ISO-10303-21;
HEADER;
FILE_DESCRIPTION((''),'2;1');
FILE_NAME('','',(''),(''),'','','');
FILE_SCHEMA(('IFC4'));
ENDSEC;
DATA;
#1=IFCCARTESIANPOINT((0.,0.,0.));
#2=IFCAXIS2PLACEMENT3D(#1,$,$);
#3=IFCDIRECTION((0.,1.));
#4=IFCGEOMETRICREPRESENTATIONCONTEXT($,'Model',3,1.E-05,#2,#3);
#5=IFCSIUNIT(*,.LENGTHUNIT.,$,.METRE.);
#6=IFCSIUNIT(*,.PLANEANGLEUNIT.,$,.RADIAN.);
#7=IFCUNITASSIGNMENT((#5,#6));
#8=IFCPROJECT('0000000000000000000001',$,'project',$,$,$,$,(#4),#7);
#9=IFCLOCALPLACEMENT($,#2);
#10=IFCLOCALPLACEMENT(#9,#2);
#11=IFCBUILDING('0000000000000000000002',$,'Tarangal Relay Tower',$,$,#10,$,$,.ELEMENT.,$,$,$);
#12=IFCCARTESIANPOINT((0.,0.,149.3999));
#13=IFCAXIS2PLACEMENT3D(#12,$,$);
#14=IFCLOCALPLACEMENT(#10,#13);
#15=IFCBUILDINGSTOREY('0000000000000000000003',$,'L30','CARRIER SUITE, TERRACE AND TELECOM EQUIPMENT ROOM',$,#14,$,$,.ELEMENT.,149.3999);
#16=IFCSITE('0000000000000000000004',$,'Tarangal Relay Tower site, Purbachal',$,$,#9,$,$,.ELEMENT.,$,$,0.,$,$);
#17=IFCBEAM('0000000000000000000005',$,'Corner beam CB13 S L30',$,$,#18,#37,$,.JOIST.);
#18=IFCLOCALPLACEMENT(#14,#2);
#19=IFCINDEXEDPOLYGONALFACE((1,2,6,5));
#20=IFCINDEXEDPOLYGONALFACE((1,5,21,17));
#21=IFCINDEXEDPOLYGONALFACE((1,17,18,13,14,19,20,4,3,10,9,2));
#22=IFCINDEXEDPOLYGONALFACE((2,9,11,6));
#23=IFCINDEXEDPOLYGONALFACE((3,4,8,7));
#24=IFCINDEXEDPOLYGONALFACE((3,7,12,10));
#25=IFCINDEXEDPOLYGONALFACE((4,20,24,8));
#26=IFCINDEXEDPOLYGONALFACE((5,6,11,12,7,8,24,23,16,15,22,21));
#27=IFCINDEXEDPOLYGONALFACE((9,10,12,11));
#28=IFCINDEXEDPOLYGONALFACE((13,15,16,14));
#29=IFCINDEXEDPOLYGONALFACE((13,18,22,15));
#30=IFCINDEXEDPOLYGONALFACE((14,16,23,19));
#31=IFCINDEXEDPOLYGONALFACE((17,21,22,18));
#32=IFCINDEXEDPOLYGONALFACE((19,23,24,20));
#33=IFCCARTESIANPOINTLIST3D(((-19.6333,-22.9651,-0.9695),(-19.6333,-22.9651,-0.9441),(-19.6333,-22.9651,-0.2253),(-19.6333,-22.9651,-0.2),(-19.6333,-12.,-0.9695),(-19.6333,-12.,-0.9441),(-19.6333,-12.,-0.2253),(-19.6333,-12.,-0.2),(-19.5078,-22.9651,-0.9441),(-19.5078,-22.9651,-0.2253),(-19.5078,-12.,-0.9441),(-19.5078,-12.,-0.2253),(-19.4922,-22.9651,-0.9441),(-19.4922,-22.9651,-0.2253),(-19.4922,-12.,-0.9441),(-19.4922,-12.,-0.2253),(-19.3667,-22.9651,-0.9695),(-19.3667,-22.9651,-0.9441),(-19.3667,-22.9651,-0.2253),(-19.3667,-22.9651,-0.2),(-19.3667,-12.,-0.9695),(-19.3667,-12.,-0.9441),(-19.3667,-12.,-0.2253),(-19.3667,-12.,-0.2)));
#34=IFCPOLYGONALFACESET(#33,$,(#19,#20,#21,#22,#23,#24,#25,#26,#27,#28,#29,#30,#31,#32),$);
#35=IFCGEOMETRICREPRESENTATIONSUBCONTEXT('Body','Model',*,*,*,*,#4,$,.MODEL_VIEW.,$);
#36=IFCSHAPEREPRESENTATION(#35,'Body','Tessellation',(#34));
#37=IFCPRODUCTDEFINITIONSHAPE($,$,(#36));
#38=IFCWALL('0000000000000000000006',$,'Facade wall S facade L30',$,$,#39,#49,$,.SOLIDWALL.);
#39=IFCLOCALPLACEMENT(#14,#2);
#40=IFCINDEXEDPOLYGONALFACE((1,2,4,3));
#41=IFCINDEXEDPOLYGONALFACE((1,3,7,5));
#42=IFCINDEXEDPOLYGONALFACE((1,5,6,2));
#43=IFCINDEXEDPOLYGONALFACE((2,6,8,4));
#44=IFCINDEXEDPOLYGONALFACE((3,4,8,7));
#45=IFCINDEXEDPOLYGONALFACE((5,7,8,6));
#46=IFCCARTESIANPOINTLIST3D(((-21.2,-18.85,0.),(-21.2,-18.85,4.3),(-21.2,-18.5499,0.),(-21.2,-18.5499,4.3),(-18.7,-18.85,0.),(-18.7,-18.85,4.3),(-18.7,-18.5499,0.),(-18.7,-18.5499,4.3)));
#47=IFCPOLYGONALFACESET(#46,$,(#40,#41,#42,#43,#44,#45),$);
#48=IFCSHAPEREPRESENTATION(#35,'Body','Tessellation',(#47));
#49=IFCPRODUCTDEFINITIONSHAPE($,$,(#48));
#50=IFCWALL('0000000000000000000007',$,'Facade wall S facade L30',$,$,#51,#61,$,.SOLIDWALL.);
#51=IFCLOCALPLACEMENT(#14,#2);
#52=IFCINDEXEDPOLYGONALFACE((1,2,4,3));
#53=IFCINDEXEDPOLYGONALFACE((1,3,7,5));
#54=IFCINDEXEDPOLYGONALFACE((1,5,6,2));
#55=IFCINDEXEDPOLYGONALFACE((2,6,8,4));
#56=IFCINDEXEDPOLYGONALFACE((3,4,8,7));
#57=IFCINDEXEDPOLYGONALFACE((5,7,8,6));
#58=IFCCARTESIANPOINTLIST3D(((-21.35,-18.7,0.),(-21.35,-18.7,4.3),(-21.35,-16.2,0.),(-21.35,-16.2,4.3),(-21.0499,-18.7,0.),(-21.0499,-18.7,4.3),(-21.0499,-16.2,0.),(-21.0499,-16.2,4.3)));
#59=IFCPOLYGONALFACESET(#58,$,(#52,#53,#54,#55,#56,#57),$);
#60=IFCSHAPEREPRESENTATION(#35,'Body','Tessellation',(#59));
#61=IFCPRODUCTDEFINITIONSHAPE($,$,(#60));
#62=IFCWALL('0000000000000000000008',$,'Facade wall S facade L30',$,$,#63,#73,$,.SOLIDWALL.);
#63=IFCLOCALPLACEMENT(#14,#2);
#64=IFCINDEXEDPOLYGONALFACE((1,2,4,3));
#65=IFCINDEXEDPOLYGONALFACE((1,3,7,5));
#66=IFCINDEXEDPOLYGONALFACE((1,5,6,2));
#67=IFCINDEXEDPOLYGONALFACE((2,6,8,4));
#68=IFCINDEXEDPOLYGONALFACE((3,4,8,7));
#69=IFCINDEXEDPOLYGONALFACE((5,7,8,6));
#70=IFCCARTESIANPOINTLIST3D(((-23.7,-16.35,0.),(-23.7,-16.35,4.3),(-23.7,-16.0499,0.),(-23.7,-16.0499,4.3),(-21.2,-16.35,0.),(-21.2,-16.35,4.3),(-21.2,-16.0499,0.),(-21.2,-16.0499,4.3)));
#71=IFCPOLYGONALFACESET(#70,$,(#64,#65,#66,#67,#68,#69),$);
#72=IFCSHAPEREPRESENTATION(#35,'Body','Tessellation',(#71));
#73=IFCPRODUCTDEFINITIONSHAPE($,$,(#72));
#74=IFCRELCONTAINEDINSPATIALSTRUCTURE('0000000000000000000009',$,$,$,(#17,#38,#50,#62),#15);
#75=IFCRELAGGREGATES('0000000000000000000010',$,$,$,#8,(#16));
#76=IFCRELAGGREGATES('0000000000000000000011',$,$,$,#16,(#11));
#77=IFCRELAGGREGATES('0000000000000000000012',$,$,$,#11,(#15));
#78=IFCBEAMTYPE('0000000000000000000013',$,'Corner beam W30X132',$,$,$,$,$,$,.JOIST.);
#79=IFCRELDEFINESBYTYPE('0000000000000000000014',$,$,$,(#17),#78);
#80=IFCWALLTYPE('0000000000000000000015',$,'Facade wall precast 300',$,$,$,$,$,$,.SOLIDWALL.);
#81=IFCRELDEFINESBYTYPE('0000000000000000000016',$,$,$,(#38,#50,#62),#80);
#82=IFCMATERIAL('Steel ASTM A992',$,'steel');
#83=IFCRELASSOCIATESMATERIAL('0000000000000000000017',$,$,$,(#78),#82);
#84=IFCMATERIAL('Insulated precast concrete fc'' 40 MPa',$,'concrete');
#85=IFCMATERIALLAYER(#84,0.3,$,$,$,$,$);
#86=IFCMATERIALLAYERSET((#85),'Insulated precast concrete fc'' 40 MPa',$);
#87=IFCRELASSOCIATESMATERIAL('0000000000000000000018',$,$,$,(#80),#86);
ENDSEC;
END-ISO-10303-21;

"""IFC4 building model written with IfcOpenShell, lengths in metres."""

from ifc_helpers import new_model, si_unit, direction, frame, frame_2d, origin, origin_2d, place, context, subcontext, project, spatial, rectangle, i_section, extrude, material, layer, layer_set, material_profile, profile_set, type_object, element, save


model = new_model("IFC4")

# Units and contexts
model_context = context("Model", 3, precision=1e-05, world=origin(), true_north=direction((0.0, 1.0)))
body_context = subcontext(model_context, "Body", "Model", "MODEL_VIEW")
ifc_project = project(units=[si_unit("LENGTHUNIT", "METRE"), si_unit("PLANEANGLEUNIT", "RADIAN")], contexts=[model_context])

# Site, building, storey
site_placement = place(None, origin())
site = spatial("IfcSite", under=ifc_project, at=site_placement, Name="Tarangal Relay Tower site, Purbachal", CompositionType="ELEMENT", RefElevation=0.0)
building_placement = place(site_placement, origin())
building = spatial("IfcBuilding", under=site, at=building_placement, Name="Tarangal Relay Tower", CompositionType="ELEMENT")
storey_placement = place(building_placement, frame((0.0, 0.0, 149.3999)))
storey = spatial("IfcBuildingStorey", under=building, at=storey_placement, Name="L30", Description="CARRIER SUITE, TERRACE AND TELECOM EQUIPMENT ROOM", CompositionType="ELEMENT", Elevation=149.3999)

# Beam
ifc_material_1 = material(Name="Steel ASTM A992", Category="steel")
ifc_material_profile = material_profile(ifc_material_1, i_section(OverallWidth=0.2666, OverallDepth=0.7695, WebThickness=0.0156, FlangeThickness=0.0254, at=origin_2d()), Name="W30X132")
ifc_profile_set = profile_set([ifc_material_profile], Name="Steel ASTM A992")
beam_type = type_object("IfcBeamType", Name="Corner beam W30X132", PredefinedType="JOIST", material=ifc_profile_set)
beam_placement = place(storey_placement, frame((-19.5, -12.0, -0.5847), z_axis=(0.0, -1.0, 0.0), x_axis=(1.0, 0.0, 0.0)))
element("IfcBeam", 1, at=beam_placement, inside=storey, type_object=beam_type, Name="Corner beam CB13 S L30", PredefinedType="JOIST", context=body_context, shape_type="SweptSolid", body=[
    extrude(i_section(OverallWidth=0.2666, OverallDepth=0.7695, WebThickness=0.0156, FlangeThickness=0.0254, at=origin_2d()), origin(), (0.0, 0.0, 1.0), 10.9651),
])

# Walls
ifc_material_2 = material(Name="Insulated precast concrete fc' 40 MPa", Category="concrete")
ifc_layer_1 = layer(ifc_material_2, 0.3)
ifc_layer_set_1 = layer_set([ifc_layer_1], Name="Insulated precast concrete fc' 40 MPa")
wall_type_1 = type_object("IfcWallType", Name="Facade wall precast 300", PredefinedType="SOLIDWALL", material=ifc_layer_set_1)
for number, where, z_axis, x_axis, name in (
    (2, (-18.7, -18.7, 0.0), (0.0, 0.0, 1.0), (-1.0, 0.0, 0.0), "Facade wall S facade L30"),
    (3, (-21.2, -18.7, 0.0), (0.0, 0.0, 1.0), (0.0, 1.0, 0.0), "Facade wall S facade L30"),
    (4, (-21.2, -16.2, 0.0), (0.0, 0.0, 1.0), (-1.0, 0.0, 0.0), "Facade wall S facade L30"),
):
    element("IfcWall", number, at=place(storey_placement, frame(where, z_axis=z_axis, x_axis=x_axis)), inside=storey, type_object=wall_type_1, Name=name, PredefinedType="SOLIDWALL", context=body_context, shape_type="SweptSolid", body=[
        extrude(rectangle(XDim=2.5, YDim=0.3, at=frame_2d((1.25, 0.0))), origin(), (0.0, 0.0, 1.0), 4.3),
    ])

save(model, "model.ifc")
